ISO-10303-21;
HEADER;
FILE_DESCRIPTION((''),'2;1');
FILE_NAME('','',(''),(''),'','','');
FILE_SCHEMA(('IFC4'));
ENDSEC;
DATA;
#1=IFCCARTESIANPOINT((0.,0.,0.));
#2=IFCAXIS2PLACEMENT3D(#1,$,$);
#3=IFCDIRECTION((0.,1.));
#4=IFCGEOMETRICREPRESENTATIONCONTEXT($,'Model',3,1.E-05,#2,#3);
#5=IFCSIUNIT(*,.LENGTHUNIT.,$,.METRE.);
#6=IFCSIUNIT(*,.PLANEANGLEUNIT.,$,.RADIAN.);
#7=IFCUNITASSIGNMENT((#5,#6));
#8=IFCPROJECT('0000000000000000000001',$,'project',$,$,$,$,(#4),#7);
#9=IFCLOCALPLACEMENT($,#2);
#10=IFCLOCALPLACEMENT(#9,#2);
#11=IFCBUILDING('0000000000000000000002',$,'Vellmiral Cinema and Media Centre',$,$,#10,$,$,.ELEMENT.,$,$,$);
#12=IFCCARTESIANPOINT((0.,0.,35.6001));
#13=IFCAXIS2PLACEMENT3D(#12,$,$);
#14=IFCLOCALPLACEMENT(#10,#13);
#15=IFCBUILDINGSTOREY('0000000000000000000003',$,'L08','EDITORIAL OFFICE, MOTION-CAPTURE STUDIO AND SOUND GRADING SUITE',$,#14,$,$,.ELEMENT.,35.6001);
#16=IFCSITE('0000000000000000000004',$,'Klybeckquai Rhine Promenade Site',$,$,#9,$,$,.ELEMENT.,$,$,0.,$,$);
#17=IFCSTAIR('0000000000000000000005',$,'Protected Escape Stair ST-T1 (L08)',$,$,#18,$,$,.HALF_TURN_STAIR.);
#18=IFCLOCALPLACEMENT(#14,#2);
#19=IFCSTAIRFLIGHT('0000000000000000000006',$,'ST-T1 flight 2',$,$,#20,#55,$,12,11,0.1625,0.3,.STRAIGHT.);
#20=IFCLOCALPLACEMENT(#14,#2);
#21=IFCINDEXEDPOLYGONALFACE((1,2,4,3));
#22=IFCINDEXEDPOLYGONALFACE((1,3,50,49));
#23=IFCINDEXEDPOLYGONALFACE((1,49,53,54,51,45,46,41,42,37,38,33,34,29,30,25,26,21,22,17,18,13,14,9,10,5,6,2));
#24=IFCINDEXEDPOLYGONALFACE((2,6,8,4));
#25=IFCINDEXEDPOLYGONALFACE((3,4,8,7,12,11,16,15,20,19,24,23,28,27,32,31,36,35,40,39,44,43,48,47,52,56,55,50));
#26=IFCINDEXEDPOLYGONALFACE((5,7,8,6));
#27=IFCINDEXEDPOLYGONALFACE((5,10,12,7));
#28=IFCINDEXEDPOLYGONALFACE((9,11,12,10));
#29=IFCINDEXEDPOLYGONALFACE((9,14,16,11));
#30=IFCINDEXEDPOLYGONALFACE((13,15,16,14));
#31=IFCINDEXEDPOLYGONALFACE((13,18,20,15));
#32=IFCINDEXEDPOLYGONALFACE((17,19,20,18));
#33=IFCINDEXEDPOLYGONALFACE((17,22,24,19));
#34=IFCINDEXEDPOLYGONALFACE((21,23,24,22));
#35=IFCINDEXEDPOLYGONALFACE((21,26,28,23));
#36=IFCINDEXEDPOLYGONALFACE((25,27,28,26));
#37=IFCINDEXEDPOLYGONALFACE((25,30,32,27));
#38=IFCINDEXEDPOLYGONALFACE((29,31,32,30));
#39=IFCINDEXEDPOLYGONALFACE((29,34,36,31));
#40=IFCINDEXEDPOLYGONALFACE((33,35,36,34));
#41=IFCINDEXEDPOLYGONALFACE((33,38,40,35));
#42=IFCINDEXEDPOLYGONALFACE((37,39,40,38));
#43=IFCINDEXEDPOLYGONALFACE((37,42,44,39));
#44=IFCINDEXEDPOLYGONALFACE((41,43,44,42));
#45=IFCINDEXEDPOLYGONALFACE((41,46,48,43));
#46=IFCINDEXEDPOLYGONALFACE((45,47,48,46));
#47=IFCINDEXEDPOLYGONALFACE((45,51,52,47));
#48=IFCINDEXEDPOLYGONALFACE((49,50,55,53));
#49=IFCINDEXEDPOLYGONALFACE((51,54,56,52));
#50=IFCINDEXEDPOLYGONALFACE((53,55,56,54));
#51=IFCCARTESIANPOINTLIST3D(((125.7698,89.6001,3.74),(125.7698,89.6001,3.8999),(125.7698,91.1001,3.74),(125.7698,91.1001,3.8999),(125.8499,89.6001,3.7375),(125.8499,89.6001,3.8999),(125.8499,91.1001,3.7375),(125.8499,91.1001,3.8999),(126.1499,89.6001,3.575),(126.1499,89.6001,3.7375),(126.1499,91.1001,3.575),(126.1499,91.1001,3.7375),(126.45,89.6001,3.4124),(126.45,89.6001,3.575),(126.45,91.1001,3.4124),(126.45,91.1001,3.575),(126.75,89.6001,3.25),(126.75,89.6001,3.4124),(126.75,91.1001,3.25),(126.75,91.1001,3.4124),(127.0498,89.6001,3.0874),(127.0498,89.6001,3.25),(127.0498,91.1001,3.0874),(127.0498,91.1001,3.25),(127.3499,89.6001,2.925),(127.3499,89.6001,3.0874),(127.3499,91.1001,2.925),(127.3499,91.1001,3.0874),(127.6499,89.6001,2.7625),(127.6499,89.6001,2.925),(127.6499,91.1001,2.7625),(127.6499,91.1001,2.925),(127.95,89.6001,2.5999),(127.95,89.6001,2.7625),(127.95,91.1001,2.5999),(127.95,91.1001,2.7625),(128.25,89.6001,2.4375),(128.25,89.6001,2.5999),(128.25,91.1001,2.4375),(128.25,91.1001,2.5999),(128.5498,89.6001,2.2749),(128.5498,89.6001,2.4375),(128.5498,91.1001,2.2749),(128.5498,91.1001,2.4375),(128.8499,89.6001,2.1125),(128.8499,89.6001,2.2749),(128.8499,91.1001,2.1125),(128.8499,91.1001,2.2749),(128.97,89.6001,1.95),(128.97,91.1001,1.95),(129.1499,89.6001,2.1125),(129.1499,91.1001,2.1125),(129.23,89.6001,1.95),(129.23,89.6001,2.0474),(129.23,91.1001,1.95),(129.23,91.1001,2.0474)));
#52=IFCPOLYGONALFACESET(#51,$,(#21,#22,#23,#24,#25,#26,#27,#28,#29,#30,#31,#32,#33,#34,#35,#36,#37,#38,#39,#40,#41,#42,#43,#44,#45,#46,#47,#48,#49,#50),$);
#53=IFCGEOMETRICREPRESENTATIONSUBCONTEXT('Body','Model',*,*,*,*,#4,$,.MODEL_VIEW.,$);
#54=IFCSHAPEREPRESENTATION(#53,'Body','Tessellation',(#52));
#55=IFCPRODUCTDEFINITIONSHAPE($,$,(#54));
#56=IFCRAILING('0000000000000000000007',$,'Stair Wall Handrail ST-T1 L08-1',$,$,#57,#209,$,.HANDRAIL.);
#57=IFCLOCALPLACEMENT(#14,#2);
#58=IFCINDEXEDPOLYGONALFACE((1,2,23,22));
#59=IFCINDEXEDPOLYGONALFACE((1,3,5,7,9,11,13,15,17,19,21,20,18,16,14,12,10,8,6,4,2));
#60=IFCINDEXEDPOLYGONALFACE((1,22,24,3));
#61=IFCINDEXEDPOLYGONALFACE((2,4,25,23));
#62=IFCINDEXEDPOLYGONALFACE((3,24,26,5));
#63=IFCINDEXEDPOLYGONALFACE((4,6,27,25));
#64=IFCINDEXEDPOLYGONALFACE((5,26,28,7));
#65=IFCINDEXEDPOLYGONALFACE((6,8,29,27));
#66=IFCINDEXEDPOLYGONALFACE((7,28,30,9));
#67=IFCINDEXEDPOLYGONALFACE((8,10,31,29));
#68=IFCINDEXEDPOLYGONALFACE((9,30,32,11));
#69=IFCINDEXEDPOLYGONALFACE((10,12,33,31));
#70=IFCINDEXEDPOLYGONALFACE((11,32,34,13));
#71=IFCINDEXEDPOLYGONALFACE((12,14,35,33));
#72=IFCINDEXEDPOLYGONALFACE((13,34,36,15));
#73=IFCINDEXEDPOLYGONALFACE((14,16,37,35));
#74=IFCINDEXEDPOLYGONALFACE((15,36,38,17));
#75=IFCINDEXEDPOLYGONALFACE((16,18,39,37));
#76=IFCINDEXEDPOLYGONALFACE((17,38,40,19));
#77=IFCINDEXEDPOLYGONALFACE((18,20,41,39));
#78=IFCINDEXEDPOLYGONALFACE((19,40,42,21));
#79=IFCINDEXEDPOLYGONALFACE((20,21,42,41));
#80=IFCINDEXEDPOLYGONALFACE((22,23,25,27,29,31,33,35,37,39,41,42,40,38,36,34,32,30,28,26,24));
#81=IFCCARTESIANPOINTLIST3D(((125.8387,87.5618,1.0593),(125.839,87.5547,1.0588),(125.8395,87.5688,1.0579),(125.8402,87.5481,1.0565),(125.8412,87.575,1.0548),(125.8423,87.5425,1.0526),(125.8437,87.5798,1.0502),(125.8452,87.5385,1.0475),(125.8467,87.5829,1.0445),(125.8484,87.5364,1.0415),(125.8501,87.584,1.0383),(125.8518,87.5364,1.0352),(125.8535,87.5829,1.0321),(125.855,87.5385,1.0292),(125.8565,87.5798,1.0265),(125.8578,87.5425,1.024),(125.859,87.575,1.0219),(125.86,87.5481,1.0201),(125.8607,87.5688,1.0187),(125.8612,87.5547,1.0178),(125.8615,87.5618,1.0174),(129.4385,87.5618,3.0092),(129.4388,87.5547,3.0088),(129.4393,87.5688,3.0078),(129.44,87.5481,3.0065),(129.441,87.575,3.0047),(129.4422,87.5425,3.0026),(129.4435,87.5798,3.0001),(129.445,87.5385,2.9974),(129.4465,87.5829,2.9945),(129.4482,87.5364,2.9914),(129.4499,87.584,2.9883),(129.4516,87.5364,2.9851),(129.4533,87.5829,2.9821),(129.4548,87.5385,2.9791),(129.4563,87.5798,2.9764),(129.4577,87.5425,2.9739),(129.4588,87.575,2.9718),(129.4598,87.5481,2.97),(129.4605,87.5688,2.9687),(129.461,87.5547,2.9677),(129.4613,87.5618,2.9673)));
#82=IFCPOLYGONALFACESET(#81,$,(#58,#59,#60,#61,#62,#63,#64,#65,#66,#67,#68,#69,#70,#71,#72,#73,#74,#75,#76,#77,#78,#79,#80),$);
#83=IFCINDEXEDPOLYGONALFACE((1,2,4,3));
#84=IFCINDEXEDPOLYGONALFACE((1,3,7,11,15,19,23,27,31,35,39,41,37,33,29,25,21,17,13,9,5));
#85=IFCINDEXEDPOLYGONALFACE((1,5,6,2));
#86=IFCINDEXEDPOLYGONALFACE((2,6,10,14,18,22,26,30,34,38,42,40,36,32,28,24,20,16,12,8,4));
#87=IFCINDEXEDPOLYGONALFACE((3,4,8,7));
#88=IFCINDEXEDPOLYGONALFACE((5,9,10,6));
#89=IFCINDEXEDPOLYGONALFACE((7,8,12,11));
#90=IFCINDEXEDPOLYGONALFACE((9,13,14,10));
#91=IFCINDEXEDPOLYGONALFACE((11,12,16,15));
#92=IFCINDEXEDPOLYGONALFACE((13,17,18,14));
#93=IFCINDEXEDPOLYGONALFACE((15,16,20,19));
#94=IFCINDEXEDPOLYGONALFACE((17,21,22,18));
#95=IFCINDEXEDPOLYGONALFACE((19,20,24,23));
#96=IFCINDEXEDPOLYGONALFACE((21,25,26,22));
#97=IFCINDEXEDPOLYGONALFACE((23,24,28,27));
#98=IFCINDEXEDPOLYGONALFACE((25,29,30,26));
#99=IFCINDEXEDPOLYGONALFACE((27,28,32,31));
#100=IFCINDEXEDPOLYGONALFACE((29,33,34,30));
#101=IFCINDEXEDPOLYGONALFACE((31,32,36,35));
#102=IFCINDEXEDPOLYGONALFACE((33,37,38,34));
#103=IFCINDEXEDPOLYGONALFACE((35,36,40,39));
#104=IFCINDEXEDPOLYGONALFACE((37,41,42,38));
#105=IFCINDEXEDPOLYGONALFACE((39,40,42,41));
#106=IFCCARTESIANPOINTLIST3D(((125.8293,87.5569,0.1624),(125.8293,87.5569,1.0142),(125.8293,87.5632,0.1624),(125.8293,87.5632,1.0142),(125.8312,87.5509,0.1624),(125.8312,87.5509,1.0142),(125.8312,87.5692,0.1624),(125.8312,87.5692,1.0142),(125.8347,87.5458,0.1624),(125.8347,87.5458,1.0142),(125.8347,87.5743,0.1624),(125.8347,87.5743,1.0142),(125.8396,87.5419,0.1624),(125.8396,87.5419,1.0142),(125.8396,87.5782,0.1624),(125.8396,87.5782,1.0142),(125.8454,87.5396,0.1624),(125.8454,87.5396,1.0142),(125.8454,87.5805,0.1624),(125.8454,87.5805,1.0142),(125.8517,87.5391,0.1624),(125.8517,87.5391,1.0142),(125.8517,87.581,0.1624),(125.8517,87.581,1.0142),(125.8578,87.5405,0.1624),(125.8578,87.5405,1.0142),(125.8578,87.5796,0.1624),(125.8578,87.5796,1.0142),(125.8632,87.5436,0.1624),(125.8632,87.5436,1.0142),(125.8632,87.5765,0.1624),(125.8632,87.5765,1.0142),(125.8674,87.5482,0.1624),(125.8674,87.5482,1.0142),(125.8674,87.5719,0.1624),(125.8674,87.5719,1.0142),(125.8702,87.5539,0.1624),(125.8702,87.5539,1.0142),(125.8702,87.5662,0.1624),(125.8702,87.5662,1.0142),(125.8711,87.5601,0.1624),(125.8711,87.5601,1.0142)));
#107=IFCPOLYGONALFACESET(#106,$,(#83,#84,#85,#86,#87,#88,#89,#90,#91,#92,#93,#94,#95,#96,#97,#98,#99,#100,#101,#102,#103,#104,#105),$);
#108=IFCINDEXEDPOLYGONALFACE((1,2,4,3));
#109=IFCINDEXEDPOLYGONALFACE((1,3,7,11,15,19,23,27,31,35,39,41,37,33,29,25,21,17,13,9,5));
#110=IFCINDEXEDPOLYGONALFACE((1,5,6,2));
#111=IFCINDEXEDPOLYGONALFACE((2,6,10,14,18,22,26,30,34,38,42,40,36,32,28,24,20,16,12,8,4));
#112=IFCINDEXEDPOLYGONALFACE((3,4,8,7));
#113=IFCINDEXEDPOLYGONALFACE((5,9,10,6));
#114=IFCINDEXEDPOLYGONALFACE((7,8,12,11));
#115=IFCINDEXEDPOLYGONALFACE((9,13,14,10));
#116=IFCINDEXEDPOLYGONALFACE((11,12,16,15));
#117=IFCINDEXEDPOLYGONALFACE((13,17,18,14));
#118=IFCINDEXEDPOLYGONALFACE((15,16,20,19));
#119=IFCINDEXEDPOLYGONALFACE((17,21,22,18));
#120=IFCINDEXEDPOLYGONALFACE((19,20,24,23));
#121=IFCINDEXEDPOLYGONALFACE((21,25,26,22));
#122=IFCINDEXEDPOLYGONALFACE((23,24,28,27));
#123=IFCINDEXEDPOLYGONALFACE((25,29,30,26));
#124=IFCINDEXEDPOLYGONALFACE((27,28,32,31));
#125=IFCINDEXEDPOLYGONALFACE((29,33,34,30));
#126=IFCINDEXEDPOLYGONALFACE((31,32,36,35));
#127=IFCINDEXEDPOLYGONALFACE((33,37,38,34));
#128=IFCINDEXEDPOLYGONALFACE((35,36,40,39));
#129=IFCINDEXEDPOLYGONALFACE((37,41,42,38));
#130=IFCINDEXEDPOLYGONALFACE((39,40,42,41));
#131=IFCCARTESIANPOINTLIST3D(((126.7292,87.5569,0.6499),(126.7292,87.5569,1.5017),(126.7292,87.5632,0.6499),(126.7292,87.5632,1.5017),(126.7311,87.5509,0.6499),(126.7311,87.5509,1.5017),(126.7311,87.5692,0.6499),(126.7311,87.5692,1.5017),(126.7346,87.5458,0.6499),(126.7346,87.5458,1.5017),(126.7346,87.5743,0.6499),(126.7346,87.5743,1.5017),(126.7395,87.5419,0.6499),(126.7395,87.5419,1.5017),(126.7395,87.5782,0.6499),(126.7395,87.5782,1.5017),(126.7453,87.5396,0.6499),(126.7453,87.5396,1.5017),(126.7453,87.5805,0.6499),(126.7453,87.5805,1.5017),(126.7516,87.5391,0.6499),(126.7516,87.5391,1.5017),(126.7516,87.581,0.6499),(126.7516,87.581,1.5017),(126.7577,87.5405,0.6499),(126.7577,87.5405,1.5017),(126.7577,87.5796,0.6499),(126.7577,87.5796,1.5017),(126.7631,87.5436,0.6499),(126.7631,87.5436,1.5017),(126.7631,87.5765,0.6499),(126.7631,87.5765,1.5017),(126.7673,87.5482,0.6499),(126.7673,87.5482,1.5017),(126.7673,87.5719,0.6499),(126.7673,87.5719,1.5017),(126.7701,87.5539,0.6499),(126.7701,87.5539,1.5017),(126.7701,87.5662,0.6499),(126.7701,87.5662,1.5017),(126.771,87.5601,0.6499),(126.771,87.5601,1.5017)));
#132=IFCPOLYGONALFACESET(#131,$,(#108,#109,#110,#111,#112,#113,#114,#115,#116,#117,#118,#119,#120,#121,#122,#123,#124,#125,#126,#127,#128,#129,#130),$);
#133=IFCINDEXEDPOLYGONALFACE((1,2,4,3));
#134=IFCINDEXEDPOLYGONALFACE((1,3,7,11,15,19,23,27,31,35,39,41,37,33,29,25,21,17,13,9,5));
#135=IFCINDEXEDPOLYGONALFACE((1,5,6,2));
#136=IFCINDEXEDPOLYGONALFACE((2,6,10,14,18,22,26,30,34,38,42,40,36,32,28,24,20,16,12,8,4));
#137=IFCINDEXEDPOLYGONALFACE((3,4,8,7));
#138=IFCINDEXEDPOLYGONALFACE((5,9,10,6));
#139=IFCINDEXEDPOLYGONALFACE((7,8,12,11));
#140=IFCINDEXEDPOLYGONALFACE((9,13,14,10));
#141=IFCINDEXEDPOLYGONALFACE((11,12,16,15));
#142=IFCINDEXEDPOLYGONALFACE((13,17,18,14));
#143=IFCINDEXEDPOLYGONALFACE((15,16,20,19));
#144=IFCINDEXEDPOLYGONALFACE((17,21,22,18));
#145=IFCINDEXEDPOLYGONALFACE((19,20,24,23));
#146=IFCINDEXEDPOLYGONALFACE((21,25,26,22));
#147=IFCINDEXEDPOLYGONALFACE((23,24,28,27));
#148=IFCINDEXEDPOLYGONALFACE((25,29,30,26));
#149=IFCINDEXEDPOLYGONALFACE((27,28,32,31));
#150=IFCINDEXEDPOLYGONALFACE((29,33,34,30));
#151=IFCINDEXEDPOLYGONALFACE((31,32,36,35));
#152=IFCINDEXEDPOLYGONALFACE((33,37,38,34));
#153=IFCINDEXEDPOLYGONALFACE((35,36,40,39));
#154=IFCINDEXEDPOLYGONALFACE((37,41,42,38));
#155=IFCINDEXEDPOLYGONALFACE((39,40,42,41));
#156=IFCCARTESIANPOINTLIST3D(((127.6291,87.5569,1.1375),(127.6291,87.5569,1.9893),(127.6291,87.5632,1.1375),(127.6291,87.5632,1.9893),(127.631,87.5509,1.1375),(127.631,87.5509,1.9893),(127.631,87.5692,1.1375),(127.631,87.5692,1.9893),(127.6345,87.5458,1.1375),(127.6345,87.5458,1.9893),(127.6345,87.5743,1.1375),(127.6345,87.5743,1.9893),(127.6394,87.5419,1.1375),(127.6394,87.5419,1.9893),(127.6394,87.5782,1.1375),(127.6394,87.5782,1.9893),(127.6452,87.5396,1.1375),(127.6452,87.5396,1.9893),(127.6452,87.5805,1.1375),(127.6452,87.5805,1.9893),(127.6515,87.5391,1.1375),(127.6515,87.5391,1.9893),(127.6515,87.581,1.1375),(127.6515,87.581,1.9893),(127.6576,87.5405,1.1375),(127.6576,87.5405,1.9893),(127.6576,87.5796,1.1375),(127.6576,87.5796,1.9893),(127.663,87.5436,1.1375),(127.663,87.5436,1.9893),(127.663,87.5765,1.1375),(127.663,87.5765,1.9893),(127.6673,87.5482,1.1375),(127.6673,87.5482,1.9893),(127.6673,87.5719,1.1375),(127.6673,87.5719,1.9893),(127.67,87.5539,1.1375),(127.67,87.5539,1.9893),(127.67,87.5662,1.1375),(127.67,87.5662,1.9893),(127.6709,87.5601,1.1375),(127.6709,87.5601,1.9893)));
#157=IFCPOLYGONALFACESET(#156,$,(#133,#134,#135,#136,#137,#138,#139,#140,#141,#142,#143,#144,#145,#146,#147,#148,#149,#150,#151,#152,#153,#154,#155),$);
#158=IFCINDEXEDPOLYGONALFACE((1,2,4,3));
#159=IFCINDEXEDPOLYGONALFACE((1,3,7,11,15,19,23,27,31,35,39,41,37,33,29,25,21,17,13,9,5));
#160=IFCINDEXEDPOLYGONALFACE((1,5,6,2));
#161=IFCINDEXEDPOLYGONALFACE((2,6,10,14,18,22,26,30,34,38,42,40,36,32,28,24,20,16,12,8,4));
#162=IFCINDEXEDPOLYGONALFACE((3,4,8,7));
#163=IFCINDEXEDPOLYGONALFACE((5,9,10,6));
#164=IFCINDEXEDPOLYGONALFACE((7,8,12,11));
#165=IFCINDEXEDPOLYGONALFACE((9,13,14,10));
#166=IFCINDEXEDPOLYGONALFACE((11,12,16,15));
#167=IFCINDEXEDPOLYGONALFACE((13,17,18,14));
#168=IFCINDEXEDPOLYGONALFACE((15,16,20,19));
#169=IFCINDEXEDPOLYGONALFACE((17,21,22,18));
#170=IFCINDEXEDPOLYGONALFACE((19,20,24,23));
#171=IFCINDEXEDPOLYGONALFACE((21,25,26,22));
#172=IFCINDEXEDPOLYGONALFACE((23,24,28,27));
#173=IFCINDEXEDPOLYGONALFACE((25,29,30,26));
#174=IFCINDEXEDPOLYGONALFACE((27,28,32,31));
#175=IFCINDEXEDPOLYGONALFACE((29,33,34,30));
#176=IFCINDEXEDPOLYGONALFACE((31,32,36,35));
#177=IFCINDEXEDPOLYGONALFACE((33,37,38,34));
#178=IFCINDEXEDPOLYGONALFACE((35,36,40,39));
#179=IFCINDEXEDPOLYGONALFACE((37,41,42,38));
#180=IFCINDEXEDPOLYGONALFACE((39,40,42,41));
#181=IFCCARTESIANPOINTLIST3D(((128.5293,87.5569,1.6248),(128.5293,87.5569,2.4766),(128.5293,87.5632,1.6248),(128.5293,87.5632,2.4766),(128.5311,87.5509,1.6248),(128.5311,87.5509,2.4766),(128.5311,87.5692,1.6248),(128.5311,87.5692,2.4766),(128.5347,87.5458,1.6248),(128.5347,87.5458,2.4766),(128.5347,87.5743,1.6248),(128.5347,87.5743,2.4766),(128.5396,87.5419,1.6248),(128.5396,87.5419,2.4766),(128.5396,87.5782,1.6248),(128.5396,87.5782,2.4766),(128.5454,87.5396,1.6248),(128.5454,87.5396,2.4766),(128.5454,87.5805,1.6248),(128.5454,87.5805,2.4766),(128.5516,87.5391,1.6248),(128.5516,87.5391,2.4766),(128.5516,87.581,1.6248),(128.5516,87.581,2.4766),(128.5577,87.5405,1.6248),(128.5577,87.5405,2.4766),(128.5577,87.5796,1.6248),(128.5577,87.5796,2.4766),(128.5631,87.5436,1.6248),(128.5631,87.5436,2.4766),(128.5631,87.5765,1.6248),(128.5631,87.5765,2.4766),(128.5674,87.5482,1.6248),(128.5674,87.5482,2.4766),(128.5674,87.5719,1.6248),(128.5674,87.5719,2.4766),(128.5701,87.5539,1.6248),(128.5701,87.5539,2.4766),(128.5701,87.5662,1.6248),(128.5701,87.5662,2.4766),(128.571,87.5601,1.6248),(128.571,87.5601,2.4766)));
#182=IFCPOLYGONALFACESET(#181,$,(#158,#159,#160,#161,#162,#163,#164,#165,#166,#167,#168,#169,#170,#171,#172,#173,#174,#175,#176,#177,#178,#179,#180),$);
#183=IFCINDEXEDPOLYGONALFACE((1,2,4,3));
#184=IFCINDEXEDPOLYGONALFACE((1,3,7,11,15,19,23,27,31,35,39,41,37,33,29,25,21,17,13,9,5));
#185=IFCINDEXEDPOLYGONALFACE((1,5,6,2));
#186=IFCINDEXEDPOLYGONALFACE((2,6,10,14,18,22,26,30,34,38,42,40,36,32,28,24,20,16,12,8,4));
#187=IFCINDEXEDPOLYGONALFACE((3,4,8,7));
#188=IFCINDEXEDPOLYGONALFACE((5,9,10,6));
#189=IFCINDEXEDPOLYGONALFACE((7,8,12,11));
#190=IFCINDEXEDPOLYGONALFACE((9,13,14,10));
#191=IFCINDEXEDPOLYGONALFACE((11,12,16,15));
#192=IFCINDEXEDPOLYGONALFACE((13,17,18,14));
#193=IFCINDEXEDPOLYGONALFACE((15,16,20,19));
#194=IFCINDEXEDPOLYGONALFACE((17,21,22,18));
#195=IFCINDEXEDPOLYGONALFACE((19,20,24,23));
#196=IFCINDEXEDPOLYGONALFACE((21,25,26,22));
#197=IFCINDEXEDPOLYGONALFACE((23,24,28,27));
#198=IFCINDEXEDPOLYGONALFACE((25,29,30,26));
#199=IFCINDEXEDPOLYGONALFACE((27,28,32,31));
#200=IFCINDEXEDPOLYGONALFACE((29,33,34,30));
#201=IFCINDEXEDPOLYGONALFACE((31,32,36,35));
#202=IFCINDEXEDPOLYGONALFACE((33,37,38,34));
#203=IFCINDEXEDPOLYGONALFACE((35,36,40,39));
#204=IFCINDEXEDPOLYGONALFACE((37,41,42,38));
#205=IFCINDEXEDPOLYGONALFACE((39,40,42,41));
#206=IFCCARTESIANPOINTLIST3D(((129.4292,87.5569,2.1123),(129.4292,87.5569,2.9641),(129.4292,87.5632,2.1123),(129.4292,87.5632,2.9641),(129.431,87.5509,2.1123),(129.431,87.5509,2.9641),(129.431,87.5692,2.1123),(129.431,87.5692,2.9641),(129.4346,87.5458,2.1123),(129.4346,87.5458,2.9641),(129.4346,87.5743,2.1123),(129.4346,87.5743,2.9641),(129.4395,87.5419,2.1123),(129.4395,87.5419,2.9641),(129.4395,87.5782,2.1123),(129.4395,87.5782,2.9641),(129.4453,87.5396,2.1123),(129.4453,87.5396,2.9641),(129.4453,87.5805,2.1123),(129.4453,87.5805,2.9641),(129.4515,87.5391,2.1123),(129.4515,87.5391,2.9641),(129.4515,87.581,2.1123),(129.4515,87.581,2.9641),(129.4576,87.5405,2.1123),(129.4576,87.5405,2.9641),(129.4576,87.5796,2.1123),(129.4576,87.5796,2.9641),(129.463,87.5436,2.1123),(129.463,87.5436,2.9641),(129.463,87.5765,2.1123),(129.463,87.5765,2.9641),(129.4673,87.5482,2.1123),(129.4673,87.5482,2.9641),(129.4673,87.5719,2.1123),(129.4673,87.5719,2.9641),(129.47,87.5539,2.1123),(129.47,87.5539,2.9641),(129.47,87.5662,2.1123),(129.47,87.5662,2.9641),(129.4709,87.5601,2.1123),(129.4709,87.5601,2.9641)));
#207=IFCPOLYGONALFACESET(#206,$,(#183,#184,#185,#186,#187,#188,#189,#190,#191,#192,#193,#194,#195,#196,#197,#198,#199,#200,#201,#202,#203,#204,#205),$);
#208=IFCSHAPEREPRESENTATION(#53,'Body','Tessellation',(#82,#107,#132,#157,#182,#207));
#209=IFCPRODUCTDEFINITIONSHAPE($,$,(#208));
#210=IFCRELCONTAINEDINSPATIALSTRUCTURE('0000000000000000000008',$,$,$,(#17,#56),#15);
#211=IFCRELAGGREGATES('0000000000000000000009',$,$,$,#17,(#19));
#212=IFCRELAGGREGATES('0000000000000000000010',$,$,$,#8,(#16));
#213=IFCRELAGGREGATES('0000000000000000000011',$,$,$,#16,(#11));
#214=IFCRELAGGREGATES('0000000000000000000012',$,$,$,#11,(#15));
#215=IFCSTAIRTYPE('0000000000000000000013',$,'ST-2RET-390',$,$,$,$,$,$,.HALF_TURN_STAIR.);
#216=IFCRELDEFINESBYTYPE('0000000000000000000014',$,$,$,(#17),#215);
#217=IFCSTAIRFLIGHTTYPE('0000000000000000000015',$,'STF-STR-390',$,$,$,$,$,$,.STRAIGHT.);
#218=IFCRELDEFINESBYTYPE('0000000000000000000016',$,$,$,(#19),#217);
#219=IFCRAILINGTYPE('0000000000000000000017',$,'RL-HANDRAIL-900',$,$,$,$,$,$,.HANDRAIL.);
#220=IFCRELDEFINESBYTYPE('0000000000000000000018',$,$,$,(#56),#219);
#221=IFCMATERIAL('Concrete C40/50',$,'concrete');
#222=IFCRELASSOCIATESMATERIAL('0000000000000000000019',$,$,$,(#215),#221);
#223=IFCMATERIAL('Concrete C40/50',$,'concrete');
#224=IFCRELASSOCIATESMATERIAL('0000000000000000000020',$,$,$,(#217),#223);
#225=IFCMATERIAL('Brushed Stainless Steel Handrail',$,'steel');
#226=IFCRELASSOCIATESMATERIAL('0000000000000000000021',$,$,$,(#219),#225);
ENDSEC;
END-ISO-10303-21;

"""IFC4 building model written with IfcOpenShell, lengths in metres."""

from ifc_helpers import new_model, si_unit, direction, frame, origin, origin_2d, place, context, subcontext, project, spatial, polyline, circle, outline, extrude, material, type_object, element, aggregate, save


model = new_model("IFC4")

# Units and contexts
model_context = context("Model", 3, precision=1e-05, world=origin(), true_north=direction((0.0, 1.0)))
body_context = subcontext(model_context, "Body", "Model", "MODEL_VIEW")
ifc_project = project(units=[si_unit("LENGTHUNIT", "METRE"), si_unit("PLANEANGLEUNIT", "RADIAN")], contexts=[model_context])

# Site, building, storey
site_placement = place(None, origin())
site = spatial("IfcSite", under=ifc_project, at=site_placement, Name="Klybeckquai Rhine Promenade Site", CompositionType="ELEMENT", RefElevation=0.0)
building_placement = place(site_placement, origin())
building = spatial("IfcBuilding", under=site, at=building_placement, Name="Vellmiral Cinema and Media Centre", CompositionType="ELEMENT")
storey_placement = place(building_placement, frame((0.0, 0.0, 35.6001)))
storey = spatial("IfcBuildingStorey", under=building, at=storey_placement, Name="L08", Description="EDITORIAL OFFICE, MOTION-CAPTURE STUDIO AND SOUND GRADING SUITE", CompositionType="ELEMENT", Elevation=35.6001)

# Stair, stair flight
ifc_material_1 = material(Name="Concrete C40/50", Category="concrete")
stair_type = type_object("IfcStairType", Name="ST-2RET-390", PredefinedType="HALF_TURN_STAIR", material=ifc_material_1)
stair_placement = place(storey_placement, origin())
stair = element("IfcStair", 1, at=stair_placement, inside=storey, type_object=stair_type, Name="Protected Escape Stair ST-T1 (L08)", PredefinedType="HALF_TURN_STAIR")
ifc_material_2 = material(Name="Concrete C40/50", Category="concrete")
stair_flight_type = type_object("IfcStairFlightType", Name="STF-STR-390", PredefinedType="STRAIGHT", material=ifc_material_2)
stair_flight_1_placement = place(storey_placement, frame((129.1499, 90.3501, 1.95), z_axis=(0.0, 0.0, 1.0), x_axis=(-1.0, 0.0, 0.0)))
stair_flight_1 = element("IfcStairFlight", 2, at=stair_flight_1_placement, type_object=stair_flight_type, Name="ST-T1 flight 2", NumberOfRisers=12, NumberOfTreads=11, PredefinedType="STRAIGHT", RiserHeight=0.1625, TreadLength=0.3, context=body_context, shape_type="SweptSolid", body=[
    extrude(outline(polyline([(-0.0801, 0.0), (-0.0801, 0.0974), (0.0, 0.1626), (0.3, 0.1626), (0.3, 0.325), (0.6001, 0.325), (0.6001, 0.4875), (0.8999, 0.4875), (0.8999, 0.6499), (1.2, 0.6499), (1.2, 0.8125), (1.5, 0.8125), (1.5, 0.9751), (1.8, 0.9751), (1.8, 1.1375), (2.1001, 1.1375), (2.1001, 1.3), (2.3999, 1.3), (2.3999, 1.4624), (2.7, 1.4624), (2.7, 1.625), (3.0, 1.625), (3.0, 1.7876), (3.3, 1.7876), (3.3, 1.95), (3.3801, 1.95), (3.3801, 1.79), (0.1799, 0.0), (-0.0801, 0.0)])), frame((0.0, 0.75, 0.0), z_axis=(0.0, -1.0, 0.0), x_axis=(1.0, 0.0, 0.0)), (0.0, 0.0, 1.0), 1.5),
])
aggregate(stair, [stair_flight_1])

# Railing
ifc_material_3 = material(Name="Brushed Stainless Steel Handrail", Category="steel")
railing_type_1 = type_object("IfcRailingType", Name="RL-HANDRAIL-900", PredefinedType="HANDRAIL", material=ifc_material_3)
railing_1_placement = place(storey_placement, frame((125.8501, 87.5601, 0.1624)))
element("IfcRailing", 3, at=railing_1_placement, inside=storey, type_object=railing_type_1, Name="Stair Wall Handrail ST-T1 L08-1", PredefinedType="HANDRAIL", context=body_context, shape_type="SweptSolid", body=[
    extrude(circle(Radius=0.0239, at=origin_2d()), frame((0.0, 0.0, 0.876), z_axis=(0.879289, 0.0, 0.476289), x_axis=(0.0, 1.0, 0.0)), (0.0, 0.0, 1.0), 4.094),
    extrude(circle(Radius=0.021, at=origin_2d()), origin(), (0.0, 0.0, 1.0), 0.8518),
    extrude(circle(Radius=0.021, at=origin_2d()), frame((0.8999, 0.0, 0.4875)), (0.0, 0.0, 1.0), 0.8518),
    extrude(circle(Radius=0.021, at=origin_2d()), frame((1.7998, 0.0, 0.9751)), (0.0, 0.0, 1.0), 0.8518),
    extrude(circle(Radius=0.021, at=origin_2d()), frame((2.7, 0.0, 1.4624)), (0.0, 0.0, 1.0), 0.8518),
    extrude(circle(Radius=0.021, at=origin_2d()), frame((3.5999, 0.0, 1.95)), (0.0, 0.0, 1.0), 0.8518),
])

save(model, "model.ifc")
